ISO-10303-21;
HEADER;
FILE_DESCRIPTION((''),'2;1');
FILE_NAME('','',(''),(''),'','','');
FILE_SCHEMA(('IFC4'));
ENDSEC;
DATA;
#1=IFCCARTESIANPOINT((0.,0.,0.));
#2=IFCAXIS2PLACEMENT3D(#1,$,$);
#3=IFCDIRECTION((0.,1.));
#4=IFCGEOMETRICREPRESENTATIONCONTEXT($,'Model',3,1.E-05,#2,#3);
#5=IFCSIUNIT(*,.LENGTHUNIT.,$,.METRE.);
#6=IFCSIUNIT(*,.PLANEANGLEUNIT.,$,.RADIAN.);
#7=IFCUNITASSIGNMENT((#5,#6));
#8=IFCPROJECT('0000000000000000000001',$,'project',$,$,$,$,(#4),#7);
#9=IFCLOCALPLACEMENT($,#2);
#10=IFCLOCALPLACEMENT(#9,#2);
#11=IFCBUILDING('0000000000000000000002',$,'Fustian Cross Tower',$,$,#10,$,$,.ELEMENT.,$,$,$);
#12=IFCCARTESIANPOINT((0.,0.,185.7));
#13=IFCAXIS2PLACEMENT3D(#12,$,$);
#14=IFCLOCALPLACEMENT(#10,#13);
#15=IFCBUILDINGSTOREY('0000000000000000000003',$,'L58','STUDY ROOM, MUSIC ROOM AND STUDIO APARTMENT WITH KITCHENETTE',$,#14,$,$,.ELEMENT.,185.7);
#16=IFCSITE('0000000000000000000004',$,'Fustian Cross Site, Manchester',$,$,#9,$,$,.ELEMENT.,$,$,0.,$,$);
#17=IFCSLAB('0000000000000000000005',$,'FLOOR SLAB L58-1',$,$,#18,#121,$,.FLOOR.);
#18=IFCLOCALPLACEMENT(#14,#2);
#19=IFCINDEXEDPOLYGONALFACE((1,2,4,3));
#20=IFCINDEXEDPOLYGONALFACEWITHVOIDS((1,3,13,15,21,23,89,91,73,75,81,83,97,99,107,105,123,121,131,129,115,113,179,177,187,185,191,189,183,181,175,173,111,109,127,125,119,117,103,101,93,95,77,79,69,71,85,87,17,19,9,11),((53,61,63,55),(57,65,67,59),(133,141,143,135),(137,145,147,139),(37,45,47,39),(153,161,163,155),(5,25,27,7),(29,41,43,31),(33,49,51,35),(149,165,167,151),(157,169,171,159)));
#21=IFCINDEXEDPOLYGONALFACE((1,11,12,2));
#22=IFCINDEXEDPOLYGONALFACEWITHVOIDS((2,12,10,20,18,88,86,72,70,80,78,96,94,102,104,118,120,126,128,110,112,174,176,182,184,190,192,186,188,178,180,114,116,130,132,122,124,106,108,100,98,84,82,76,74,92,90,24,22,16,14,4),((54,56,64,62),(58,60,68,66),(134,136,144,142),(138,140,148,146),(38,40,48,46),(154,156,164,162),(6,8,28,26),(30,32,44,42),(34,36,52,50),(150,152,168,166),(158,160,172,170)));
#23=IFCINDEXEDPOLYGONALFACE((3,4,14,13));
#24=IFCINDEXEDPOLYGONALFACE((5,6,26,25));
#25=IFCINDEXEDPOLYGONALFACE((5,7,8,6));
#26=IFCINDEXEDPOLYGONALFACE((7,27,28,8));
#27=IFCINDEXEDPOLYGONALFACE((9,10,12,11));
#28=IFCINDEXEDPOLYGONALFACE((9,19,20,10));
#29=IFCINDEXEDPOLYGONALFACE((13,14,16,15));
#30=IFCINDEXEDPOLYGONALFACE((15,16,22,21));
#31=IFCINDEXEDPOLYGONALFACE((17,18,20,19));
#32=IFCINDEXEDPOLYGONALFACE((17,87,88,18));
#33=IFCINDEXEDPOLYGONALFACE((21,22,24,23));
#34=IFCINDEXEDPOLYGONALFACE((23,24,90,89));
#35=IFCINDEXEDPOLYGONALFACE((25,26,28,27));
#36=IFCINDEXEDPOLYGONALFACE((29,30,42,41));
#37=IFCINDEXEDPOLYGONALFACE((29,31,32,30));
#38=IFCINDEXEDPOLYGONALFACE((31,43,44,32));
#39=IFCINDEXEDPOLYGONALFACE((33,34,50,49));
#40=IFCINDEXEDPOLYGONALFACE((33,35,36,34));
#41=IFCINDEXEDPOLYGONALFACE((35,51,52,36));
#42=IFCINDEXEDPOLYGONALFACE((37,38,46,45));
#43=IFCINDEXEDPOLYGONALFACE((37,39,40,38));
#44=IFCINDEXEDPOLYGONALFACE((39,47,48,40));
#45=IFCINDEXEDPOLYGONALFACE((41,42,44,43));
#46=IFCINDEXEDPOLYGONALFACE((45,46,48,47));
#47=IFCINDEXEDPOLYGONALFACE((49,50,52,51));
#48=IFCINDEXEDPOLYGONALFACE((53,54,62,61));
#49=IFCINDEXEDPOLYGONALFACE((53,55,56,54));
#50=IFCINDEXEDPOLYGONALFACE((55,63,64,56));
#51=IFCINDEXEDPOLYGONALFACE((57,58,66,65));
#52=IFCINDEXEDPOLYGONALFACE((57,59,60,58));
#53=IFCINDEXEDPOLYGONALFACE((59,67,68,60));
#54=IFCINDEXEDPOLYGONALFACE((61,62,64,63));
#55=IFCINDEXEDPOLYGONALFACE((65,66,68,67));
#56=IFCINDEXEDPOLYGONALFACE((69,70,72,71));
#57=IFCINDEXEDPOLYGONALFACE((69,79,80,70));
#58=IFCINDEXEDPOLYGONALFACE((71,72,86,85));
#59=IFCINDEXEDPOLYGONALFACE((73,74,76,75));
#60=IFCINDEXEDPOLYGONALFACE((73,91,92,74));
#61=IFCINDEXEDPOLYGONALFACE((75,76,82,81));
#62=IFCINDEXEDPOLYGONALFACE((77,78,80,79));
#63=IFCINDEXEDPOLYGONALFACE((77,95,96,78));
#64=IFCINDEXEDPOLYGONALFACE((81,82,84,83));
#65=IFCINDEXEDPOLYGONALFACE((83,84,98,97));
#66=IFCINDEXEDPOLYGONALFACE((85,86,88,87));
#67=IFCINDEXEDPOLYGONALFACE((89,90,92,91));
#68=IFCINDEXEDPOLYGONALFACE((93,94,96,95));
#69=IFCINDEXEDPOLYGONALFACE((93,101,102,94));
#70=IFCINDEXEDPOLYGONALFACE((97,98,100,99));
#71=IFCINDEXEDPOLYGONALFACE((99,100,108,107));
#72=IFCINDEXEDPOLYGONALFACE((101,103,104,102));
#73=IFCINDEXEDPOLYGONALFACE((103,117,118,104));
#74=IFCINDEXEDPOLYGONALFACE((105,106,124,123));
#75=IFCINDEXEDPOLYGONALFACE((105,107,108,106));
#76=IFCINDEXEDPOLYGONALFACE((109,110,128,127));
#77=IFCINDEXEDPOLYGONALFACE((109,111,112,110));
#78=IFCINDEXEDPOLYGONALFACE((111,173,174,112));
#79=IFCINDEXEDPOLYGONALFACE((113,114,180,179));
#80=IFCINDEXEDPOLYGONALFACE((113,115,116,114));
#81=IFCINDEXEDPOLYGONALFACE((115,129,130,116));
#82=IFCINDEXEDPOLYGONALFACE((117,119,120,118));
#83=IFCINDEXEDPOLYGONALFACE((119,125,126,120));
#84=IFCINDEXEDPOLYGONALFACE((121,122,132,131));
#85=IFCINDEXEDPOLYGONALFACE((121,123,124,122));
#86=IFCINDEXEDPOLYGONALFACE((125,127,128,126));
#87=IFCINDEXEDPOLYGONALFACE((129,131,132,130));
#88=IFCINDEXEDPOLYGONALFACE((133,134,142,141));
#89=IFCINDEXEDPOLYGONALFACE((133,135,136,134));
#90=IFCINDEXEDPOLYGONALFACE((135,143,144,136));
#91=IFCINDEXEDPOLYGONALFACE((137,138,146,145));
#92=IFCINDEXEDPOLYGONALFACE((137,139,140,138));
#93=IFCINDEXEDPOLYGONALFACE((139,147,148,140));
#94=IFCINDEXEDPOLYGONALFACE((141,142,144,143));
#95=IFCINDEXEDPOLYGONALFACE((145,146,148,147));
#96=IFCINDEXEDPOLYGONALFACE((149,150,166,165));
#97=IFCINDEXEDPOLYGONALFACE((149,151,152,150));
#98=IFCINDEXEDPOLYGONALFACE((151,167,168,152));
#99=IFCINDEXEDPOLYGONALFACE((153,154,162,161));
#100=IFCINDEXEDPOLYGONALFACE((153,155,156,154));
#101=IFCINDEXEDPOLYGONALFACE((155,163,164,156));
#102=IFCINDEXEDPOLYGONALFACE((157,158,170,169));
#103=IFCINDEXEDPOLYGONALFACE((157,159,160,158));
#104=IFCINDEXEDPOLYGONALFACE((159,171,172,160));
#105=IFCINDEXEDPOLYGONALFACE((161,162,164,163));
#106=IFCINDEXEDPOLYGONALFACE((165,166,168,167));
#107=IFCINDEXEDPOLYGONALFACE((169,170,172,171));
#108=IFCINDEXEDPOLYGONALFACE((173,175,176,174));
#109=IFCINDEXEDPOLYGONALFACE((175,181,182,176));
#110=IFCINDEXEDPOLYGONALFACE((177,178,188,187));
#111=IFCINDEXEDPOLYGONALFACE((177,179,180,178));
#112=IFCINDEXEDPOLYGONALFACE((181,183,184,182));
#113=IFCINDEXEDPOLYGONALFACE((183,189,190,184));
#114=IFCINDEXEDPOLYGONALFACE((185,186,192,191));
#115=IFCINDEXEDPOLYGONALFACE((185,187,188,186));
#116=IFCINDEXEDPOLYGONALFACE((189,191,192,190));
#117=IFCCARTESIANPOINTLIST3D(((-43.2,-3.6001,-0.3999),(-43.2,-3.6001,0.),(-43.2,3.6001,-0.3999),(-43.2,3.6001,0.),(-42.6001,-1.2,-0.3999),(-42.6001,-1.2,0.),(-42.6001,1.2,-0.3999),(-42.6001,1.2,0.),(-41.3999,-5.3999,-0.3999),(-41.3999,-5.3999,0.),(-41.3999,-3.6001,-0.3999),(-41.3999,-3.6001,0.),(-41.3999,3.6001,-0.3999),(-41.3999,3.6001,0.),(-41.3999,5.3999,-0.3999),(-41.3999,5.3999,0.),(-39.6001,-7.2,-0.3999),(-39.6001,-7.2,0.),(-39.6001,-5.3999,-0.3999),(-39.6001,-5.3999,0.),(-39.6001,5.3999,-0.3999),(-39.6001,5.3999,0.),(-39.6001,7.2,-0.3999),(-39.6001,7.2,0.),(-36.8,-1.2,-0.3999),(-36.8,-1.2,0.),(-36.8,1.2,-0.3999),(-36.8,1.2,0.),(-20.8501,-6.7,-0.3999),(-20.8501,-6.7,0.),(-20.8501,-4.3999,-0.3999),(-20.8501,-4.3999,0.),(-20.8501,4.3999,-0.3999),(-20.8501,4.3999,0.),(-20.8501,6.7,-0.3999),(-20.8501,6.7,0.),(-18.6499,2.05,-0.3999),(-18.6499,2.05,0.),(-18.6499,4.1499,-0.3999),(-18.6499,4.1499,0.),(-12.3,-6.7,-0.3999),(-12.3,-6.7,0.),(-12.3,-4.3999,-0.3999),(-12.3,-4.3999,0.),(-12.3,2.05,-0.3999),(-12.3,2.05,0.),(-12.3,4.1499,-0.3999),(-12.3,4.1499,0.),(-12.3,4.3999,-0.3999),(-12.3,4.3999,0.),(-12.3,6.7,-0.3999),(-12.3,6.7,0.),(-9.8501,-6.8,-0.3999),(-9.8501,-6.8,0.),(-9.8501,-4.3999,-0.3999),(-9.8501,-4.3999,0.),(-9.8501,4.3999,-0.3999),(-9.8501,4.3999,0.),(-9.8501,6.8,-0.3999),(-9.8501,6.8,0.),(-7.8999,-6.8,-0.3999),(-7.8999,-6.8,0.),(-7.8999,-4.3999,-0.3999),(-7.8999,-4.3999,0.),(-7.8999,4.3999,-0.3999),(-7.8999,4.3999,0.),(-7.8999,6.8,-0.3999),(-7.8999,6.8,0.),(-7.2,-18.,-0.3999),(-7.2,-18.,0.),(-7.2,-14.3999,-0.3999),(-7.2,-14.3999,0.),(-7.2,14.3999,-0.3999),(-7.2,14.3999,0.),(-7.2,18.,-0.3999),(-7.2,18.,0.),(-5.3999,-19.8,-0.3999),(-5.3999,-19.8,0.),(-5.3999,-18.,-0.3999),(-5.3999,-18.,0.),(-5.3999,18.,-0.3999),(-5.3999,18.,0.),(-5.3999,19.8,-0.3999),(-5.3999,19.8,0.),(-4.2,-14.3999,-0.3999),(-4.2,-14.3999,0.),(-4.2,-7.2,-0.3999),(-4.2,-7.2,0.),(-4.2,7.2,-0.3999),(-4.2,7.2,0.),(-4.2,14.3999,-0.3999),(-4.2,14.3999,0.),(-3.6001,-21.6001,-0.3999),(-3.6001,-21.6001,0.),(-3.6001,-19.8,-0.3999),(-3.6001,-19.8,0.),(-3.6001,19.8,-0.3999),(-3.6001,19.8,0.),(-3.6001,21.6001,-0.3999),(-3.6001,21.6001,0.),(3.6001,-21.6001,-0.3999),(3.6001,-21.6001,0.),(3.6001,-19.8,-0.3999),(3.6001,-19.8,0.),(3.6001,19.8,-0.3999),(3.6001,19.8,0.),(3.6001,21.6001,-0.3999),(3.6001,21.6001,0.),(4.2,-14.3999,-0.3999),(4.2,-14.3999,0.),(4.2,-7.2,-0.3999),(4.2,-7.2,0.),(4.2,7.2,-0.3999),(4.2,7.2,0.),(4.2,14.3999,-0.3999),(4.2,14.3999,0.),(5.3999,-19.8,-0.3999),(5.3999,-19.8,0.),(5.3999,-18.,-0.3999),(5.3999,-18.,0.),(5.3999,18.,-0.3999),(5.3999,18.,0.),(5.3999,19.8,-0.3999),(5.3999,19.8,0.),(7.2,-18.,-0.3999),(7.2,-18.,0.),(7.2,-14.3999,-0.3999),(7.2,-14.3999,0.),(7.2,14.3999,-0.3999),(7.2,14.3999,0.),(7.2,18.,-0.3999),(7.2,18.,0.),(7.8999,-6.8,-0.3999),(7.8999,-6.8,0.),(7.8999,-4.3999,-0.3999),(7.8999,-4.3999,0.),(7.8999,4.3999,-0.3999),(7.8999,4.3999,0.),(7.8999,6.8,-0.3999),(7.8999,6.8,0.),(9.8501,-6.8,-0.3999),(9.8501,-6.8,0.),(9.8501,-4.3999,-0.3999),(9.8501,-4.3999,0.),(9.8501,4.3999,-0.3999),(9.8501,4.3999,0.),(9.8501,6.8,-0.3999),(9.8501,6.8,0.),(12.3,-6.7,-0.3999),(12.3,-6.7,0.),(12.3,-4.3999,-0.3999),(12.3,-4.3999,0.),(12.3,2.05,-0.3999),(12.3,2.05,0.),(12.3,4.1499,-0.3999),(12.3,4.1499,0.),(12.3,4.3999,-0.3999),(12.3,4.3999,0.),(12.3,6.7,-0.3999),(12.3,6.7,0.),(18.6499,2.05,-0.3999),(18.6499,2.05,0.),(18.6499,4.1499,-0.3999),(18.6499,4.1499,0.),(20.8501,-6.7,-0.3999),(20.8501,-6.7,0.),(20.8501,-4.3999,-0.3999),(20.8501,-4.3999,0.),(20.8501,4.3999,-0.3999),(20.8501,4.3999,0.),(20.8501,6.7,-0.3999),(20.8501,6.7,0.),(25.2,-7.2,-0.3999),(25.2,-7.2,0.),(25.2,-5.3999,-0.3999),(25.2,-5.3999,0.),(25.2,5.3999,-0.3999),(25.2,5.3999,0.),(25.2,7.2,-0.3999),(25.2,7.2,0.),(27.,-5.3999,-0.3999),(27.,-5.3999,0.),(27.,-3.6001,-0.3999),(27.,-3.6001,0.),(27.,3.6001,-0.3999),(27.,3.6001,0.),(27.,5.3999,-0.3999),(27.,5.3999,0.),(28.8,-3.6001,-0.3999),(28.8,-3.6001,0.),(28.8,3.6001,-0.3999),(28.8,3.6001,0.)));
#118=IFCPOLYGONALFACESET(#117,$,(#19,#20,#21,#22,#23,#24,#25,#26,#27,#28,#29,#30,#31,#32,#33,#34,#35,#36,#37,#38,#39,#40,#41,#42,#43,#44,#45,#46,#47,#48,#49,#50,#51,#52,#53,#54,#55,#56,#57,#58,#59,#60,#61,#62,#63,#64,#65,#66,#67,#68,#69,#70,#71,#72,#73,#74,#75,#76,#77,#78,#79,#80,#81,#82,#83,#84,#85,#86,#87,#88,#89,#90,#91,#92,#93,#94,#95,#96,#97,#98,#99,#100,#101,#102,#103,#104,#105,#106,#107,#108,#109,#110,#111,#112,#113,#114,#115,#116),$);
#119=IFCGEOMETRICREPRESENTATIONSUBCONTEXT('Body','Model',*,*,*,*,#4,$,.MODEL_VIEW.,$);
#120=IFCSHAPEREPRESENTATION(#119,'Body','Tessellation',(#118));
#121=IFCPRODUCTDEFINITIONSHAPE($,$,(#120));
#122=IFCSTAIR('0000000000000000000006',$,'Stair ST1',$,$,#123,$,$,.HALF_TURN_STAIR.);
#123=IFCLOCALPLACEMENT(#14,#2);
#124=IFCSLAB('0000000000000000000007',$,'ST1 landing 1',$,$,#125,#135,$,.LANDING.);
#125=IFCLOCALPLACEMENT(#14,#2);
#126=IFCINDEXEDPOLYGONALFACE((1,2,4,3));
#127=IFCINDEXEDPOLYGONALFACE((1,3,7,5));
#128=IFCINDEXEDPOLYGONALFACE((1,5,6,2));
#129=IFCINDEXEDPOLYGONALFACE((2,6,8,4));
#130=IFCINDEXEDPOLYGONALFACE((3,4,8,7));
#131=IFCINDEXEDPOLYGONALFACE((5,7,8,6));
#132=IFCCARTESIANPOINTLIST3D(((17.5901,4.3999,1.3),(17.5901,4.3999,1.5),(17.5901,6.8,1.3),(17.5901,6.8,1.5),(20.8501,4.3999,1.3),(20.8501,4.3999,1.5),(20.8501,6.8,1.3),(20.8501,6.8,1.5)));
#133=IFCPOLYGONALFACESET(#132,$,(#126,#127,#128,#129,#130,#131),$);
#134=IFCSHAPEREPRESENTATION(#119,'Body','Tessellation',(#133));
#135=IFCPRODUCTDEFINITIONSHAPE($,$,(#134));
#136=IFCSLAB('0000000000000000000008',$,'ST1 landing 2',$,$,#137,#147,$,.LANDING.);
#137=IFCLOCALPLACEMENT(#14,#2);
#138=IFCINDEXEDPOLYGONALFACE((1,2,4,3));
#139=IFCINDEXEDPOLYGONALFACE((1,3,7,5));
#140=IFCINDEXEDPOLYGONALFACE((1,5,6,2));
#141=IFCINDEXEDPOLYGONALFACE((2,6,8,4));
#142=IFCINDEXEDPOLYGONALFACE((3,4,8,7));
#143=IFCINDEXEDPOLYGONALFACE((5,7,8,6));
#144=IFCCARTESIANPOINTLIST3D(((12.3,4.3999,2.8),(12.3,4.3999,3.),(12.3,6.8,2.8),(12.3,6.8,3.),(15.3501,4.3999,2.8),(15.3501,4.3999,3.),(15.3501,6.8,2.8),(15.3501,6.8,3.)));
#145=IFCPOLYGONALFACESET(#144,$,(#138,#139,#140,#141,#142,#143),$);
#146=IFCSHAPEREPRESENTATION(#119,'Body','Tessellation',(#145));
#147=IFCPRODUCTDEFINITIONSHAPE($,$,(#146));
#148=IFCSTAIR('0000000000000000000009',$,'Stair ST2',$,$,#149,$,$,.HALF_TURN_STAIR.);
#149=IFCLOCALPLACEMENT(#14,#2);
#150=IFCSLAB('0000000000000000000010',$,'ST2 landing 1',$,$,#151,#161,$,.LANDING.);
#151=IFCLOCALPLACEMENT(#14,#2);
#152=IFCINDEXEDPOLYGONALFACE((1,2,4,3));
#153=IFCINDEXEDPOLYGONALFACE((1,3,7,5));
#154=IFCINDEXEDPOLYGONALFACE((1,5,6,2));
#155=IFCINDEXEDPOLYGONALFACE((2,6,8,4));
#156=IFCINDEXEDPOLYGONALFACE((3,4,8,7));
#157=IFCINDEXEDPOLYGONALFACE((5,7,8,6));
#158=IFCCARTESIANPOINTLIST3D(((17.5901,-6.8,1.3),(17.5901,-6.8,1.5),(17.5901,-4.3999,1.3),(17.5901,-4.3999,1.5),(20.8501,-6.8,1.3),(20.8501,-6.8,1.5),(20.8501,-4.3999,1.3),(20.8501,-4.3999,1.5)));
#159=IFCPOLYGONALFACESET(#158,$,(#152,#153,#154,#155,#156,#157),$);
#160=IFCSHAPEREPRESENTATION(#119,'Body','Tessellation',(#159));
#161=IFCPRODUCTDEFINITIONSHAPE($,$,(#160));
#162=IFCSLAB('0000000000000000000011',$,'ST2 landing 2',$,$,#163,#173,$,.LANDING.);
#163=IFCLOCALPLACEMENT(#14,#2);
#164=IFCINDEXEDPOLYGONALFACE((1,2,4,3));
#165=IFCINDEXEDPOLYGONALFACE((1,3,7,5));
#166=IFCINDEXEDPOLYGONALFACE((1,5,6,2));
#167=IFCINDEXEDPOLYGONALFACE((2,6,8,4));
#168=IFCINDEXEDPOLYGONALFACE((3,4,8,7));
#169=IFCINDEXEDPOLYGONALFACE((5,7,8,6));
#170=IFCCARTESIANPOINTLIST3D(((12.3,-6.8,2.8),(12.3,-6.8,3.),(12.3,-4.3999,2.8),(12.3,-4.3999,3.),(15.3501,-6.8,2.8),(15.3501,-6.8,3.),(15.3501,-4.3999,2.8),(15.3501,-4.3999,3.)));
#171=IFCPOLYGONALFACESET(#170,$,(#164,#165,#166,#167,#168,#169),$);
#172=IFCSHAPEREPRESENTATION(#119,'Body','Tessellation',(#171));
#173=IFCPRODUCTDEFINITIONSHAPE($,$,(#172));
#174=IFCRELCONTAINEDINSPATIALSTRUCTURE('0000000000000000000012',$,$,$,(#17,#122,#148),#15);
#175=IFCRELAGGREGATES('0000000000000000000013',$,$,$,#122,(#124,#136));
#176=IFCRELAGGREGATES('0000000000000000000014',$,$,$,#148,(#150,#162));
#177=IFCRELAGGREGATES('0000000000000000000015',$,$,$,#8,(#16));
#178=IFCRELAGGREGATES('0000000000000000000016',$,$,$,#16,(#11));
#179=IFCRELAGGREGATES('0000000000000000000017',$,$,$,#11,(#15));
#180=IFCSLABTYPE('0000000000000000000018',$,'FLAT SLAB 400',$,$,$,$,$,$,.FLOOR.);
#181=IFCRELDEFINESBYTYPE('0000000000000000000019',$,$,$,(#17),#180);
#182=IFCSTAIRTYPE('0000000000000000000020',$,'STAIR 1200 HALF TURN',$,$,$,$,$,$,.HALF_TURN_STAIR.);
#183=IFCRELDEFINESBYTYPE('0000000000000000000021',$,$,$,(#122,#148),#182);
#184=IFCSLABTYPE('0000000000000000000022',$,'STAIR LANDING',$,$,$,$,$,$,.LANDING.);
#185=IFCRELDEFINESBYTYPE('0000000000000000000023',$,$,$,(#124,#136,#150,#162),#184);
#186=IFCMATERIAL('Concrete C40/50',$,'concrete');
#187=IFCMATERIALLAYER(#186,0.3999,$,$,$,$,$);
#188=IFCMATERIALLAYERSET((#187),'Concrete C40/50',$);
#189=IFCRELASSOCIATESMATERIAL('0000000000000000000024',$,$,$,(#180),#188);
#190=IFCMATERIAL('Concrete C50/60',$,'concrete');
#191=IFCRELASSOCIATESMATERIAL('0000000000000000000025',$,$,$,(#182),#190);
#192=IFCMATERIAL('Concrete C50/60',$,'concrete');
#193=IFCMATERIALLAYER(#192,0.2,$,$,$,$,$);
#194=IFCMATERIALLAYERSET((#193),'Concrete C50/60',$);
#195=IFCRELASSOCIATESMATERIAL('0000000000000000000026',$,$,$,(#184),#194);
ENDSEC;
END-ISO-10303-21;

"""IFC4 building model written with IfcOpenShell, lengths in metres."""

from ifc_helpers import new_model, si_unit, direction, frame, origin, place, context, subcontext, project, spatial, polyline, outline, extrude, material, layer, layer_set, type_object, element, aggregate, save


model = new_model("IFC4")

# Units and contexts
model_context = context("Model", 3, precision=1e-05, world=origin(), true_north=direction((0.0, 1.0)))
body_context = subcontext(model_context, "Body", "Model", "MODEL_VIEW")
ifc_project = project(units=[si_unit("LENGTHUNIT", "METRE"), si_unit("PLANEANGLEUNIT", "RADIAN")], contexts=[model_context])

# Site, building, storey
site_placement = place(None, origin())
site = spatial("IfcSite", under=ifc_project, at=site_placement, Name="Fustian Cross Site, Manchester", CompositionType="ELEMENT", RefElevation=0.0)
building_placement = place(site_placement, origin())
building = spatial("IfcBuilding", under=site, at=building_placement, Name="Fustian Cross Tower", CompositionType="ELEMENT")
storey_placement = place(building_placement, frame((0.0, 0.0, 185.7)))
storey = spatial("IfcBuildingStorey", under=building, at=storey_placement, Name="L58", Description="STUDY ROOM, MUSIC ROOM AND STUDIO APARTMENT WITH KITCHENETTE", CompositionType="ELEMENT", Elevation=185.7)

# Slab
ifc_material_1 = material(Name="Concrete C40/50", Category="concrete")
ifc_layer_1 = layer(ifc_material_1, 0.3999)
ifc_layer_set_1 = layer_set([ifc_layer_1], Name="Concrete C40/50")
slab_type_1 = type_object("IfcSlabType", Name="FLAT SLAB 400", PredefinedType="FLOOR", material=ifc_layer_set_1)
slab_1_placement = place(storey_placement, frame((0.0, 0.0, -0.3999)))
element("IfcSlab", 1, at=slab_1_placement, inside=storey, type_object=slab_type_1, Name="FLOOR SLAB L58-1", PredefinedType="FLOOR", context=body_context, shape_type="SweptSolid", body=[
    extrude(outline(polyline([(-5.3999, -19.8), (-5.3999, -18.0), (-7.2, -18.0), (-7.2, -14.3999), (-4.2, -14.3999), (-4.2, -7.2), (-39.6001, -7.2), (-39.6001, -5.3999), (-41.3999, -5.3999), (-41.3999, -3.6001), (-43.2, -3.6001), (-43.2, 3.6001), (-41.3999, 3.6001), (-41.3999, 5.3999), (-39.6001, 5.3999), (-39.6001, 7.2), (-4.2, 7.2), (-4.2, 14.3999), (-7.2, 14.3999), (-7.2, 18.0), (-5.3999, 18.0), (-5.3999, 19.8), (-3.6001, 19.8), (-3.6001, 21.6001), (3.6001, 21.6001), (3.6001, 19.8), (5.3999, 19.8), (5.3999, 18.0), (7.2, 18.0), (7.2, 14.3999), (4.2, 14.3999), (4.2, 7.2), (25.2, 7.2), (25.2, 5.3999), (27.0, 5.3999), (27.0, 3.6001), (28.8, 3.6001), (28.8, -3.6001), (27.0, -3.6001), (27.0, -5.3999), (25.2, -5.3999), (25.2, -7.2), (4.2, -7.2), (4.2, -14.3999), (7.2, -14.3999), (7.2, -18.0), (5.3999, -18.0), (5.3999, -19.8), (3.6001, -19.8), (3.6001, -21.6001), (-3.6001, -21.6001), (-3.6001, -19.8), (-5.3999, -19.8)]), holes=[polyline([(7.8999, 4.3999), (9.8501, 4.3999), (9.8501, 6.8), (7.8999, 6.8), (7.8999, 4.3999)]), polyline([(7.8999, -4.3999), (7.8999, -6.8), (9.8501, -6.8), (9.8501, -4.3999), (7.8999, -4.3999)]), polyline([(-7.8999, 6.8), (-9.8501, 6.8), (-9.8501, 4.3999), (-7.8999, 4.3999), (-7.8999, 6.8)]), polyline([(-7.8999, -6.8), (-7.8999, -4.3999), (-9.8501, -4.3999), (-9.8501, -6.8), (-7.8999, -6.8)]), polyline([(12.3, 2.05), (18.6499, 2.05), (18.6499, 4.1499), (12.3, 4.1499), (12.3, 2.05)]), polyline([(-18.6499, 4.1499), (-18.6499, 2.05), (-12.3, 2.05), (-12.3, 4.1499), (-18.6499, 4.1499)]), polyline([(20.8501, 6.7), (12.3, 6.7), (12.3, 4.3999), (20.8501, 4.3999), (20.8501, 6.7)]), polyline([(20.8501, -6.7), (20.8501, -4.3999), (12.3, -4.3999), (12.3, -6.7), (20.8501, -6.7)]), polyline([(-20.8501, 4.3999), (-12.3, 4.3999), (-12.3, 6.7), (-20.8501, 6.7), (-20.8501, 4.3999)]), polyline([(-20.8501, -4.3999), (-20.8501, -6.7), (-12.3, -6.7), (-12.3, -4.3999), (-20.8501, -4.3999)]), polyline([(-36.8, 1.2), (-42.6001, 1.2), (-42.6001, -1.2), (-36.8, -1.2), (-36.8, 1.2)])]), origin(), (0.0, 0.0, 1.0), 0.3999),
])

# Stairs, slabs
ifc_material_2 = material(Name="Concrete C50/60", Category="concrete")
stair_type = type_object("IfcStairType", Name="STAIR 1200 HALF TURN", PredefinedType="HALF_TURN_STAIR", material=ifc_material_2)
stair_1_placement = place(storey_placement, origin())
stair_1 = element("IfcStair", 2, at=stair_1_placement, inside=storey, type_object=stair_type, Name="Stair ST1", PredefinedType="HALF_TURN_STAIR")
ifc_material_3 = material(Name="Concrete C50/60", Category="concrete")
ifc_layer_2 = layer(ifc_material_3, 0.2)
ifc_layer_set_2 = layer_set([ifc_layer_2], Name="Concrete C50/60")
slab_type_2 = type_object("IfcSlabType", Name="STAIR LANDING", PredefinedType="LANDING", material=ifc_layer_set_2)
slab_2_placement = place(storey_placement, frame((0.0, 0.0, 1.3)))
slab_2 = element("IfcSlab", 3, at=slab_2_placement, type_object=slab_type_2, Name="ST1 landing 1", PredefinedType="LANDING", context=body_context, shape_type="SweptSolid", body=[
    extrude(outline(polyline([(17.5901, 4.3999), (20.8501, 4.3999), (20.8501, 6.8), (17.5901, 6.8), (17.5901, 4.3999)])), origin(), (0.0, 0.0, 1.0), 0.2),
])
slab_3_placement = place(storey_placement, frame((0.0, 0.0, 2.8)))
slab_3 = element("IfcSlab", 4, at=slab_3_placement, type_object=slab_type_2, Name="ST1 landing 2", PredefinedType="LANDING", context=body_context, shape_type="SweptSolid", body=[
    extrude(outline(polyline([(12.3, 4.3999), (15.3501, 4.3999), (15.3501, 6.8), (12.3, 6.8), (12.3, 4.3999)])), origin(), (0.0, 0.0, 1.0), 0.2),
])
aggregate(stair_1, [slab_2, slab_3])
stair_2_placement = place(storey_placement, origin())
stair_2 = element("IfcStair", 5, at=stair_2_placement, inside=storey, type_object=stair_type, Name="Stair ST2", PredefinedType="HALF_TURN_STAIR")
slab_4_placement = place(storey_placement, frame((0.0, 0.0, 1.3)))
slab_4 = element("IfcSlab", 6, at=slab_4_placement, type_object=slab_type_2, Name="ST2 landing 1", PredefinedType="LANDING", context=body_context, shape_type="SweptSolid", body=[
    extrude(outline(polyline([(17.5901, -4.3999), (20.8501, -4.3999), (20.8501, -6.8), (17.5901, -6.8), (17.5901, -4.3999)])), origin(), (0.0, 0.0, 1.0), 0.2),
])
slab_5_placement = place(storey_placement, frame((0.0, 0.0, 2.8)))
slab_5 = element("IfcSlab", 7, at=slab_5_placement, type_object=slab_type_2, Name="ST2 landing 2", PredefinedType="LANDING", context=body_context, shape_type="SweptSolid", body=[
    extrude(outline(polyline([(12.3, -4.3999), (15.3501, -4.3999), (15.3501, -6.8), (12.3, -6.8), (12.3, -4.3999)])), origin(), (0.0, 0.0, 1.0), 0.2),
])
aggregate(stair_2, [slab_4, slab_5])

save(model, "model.ifc")
